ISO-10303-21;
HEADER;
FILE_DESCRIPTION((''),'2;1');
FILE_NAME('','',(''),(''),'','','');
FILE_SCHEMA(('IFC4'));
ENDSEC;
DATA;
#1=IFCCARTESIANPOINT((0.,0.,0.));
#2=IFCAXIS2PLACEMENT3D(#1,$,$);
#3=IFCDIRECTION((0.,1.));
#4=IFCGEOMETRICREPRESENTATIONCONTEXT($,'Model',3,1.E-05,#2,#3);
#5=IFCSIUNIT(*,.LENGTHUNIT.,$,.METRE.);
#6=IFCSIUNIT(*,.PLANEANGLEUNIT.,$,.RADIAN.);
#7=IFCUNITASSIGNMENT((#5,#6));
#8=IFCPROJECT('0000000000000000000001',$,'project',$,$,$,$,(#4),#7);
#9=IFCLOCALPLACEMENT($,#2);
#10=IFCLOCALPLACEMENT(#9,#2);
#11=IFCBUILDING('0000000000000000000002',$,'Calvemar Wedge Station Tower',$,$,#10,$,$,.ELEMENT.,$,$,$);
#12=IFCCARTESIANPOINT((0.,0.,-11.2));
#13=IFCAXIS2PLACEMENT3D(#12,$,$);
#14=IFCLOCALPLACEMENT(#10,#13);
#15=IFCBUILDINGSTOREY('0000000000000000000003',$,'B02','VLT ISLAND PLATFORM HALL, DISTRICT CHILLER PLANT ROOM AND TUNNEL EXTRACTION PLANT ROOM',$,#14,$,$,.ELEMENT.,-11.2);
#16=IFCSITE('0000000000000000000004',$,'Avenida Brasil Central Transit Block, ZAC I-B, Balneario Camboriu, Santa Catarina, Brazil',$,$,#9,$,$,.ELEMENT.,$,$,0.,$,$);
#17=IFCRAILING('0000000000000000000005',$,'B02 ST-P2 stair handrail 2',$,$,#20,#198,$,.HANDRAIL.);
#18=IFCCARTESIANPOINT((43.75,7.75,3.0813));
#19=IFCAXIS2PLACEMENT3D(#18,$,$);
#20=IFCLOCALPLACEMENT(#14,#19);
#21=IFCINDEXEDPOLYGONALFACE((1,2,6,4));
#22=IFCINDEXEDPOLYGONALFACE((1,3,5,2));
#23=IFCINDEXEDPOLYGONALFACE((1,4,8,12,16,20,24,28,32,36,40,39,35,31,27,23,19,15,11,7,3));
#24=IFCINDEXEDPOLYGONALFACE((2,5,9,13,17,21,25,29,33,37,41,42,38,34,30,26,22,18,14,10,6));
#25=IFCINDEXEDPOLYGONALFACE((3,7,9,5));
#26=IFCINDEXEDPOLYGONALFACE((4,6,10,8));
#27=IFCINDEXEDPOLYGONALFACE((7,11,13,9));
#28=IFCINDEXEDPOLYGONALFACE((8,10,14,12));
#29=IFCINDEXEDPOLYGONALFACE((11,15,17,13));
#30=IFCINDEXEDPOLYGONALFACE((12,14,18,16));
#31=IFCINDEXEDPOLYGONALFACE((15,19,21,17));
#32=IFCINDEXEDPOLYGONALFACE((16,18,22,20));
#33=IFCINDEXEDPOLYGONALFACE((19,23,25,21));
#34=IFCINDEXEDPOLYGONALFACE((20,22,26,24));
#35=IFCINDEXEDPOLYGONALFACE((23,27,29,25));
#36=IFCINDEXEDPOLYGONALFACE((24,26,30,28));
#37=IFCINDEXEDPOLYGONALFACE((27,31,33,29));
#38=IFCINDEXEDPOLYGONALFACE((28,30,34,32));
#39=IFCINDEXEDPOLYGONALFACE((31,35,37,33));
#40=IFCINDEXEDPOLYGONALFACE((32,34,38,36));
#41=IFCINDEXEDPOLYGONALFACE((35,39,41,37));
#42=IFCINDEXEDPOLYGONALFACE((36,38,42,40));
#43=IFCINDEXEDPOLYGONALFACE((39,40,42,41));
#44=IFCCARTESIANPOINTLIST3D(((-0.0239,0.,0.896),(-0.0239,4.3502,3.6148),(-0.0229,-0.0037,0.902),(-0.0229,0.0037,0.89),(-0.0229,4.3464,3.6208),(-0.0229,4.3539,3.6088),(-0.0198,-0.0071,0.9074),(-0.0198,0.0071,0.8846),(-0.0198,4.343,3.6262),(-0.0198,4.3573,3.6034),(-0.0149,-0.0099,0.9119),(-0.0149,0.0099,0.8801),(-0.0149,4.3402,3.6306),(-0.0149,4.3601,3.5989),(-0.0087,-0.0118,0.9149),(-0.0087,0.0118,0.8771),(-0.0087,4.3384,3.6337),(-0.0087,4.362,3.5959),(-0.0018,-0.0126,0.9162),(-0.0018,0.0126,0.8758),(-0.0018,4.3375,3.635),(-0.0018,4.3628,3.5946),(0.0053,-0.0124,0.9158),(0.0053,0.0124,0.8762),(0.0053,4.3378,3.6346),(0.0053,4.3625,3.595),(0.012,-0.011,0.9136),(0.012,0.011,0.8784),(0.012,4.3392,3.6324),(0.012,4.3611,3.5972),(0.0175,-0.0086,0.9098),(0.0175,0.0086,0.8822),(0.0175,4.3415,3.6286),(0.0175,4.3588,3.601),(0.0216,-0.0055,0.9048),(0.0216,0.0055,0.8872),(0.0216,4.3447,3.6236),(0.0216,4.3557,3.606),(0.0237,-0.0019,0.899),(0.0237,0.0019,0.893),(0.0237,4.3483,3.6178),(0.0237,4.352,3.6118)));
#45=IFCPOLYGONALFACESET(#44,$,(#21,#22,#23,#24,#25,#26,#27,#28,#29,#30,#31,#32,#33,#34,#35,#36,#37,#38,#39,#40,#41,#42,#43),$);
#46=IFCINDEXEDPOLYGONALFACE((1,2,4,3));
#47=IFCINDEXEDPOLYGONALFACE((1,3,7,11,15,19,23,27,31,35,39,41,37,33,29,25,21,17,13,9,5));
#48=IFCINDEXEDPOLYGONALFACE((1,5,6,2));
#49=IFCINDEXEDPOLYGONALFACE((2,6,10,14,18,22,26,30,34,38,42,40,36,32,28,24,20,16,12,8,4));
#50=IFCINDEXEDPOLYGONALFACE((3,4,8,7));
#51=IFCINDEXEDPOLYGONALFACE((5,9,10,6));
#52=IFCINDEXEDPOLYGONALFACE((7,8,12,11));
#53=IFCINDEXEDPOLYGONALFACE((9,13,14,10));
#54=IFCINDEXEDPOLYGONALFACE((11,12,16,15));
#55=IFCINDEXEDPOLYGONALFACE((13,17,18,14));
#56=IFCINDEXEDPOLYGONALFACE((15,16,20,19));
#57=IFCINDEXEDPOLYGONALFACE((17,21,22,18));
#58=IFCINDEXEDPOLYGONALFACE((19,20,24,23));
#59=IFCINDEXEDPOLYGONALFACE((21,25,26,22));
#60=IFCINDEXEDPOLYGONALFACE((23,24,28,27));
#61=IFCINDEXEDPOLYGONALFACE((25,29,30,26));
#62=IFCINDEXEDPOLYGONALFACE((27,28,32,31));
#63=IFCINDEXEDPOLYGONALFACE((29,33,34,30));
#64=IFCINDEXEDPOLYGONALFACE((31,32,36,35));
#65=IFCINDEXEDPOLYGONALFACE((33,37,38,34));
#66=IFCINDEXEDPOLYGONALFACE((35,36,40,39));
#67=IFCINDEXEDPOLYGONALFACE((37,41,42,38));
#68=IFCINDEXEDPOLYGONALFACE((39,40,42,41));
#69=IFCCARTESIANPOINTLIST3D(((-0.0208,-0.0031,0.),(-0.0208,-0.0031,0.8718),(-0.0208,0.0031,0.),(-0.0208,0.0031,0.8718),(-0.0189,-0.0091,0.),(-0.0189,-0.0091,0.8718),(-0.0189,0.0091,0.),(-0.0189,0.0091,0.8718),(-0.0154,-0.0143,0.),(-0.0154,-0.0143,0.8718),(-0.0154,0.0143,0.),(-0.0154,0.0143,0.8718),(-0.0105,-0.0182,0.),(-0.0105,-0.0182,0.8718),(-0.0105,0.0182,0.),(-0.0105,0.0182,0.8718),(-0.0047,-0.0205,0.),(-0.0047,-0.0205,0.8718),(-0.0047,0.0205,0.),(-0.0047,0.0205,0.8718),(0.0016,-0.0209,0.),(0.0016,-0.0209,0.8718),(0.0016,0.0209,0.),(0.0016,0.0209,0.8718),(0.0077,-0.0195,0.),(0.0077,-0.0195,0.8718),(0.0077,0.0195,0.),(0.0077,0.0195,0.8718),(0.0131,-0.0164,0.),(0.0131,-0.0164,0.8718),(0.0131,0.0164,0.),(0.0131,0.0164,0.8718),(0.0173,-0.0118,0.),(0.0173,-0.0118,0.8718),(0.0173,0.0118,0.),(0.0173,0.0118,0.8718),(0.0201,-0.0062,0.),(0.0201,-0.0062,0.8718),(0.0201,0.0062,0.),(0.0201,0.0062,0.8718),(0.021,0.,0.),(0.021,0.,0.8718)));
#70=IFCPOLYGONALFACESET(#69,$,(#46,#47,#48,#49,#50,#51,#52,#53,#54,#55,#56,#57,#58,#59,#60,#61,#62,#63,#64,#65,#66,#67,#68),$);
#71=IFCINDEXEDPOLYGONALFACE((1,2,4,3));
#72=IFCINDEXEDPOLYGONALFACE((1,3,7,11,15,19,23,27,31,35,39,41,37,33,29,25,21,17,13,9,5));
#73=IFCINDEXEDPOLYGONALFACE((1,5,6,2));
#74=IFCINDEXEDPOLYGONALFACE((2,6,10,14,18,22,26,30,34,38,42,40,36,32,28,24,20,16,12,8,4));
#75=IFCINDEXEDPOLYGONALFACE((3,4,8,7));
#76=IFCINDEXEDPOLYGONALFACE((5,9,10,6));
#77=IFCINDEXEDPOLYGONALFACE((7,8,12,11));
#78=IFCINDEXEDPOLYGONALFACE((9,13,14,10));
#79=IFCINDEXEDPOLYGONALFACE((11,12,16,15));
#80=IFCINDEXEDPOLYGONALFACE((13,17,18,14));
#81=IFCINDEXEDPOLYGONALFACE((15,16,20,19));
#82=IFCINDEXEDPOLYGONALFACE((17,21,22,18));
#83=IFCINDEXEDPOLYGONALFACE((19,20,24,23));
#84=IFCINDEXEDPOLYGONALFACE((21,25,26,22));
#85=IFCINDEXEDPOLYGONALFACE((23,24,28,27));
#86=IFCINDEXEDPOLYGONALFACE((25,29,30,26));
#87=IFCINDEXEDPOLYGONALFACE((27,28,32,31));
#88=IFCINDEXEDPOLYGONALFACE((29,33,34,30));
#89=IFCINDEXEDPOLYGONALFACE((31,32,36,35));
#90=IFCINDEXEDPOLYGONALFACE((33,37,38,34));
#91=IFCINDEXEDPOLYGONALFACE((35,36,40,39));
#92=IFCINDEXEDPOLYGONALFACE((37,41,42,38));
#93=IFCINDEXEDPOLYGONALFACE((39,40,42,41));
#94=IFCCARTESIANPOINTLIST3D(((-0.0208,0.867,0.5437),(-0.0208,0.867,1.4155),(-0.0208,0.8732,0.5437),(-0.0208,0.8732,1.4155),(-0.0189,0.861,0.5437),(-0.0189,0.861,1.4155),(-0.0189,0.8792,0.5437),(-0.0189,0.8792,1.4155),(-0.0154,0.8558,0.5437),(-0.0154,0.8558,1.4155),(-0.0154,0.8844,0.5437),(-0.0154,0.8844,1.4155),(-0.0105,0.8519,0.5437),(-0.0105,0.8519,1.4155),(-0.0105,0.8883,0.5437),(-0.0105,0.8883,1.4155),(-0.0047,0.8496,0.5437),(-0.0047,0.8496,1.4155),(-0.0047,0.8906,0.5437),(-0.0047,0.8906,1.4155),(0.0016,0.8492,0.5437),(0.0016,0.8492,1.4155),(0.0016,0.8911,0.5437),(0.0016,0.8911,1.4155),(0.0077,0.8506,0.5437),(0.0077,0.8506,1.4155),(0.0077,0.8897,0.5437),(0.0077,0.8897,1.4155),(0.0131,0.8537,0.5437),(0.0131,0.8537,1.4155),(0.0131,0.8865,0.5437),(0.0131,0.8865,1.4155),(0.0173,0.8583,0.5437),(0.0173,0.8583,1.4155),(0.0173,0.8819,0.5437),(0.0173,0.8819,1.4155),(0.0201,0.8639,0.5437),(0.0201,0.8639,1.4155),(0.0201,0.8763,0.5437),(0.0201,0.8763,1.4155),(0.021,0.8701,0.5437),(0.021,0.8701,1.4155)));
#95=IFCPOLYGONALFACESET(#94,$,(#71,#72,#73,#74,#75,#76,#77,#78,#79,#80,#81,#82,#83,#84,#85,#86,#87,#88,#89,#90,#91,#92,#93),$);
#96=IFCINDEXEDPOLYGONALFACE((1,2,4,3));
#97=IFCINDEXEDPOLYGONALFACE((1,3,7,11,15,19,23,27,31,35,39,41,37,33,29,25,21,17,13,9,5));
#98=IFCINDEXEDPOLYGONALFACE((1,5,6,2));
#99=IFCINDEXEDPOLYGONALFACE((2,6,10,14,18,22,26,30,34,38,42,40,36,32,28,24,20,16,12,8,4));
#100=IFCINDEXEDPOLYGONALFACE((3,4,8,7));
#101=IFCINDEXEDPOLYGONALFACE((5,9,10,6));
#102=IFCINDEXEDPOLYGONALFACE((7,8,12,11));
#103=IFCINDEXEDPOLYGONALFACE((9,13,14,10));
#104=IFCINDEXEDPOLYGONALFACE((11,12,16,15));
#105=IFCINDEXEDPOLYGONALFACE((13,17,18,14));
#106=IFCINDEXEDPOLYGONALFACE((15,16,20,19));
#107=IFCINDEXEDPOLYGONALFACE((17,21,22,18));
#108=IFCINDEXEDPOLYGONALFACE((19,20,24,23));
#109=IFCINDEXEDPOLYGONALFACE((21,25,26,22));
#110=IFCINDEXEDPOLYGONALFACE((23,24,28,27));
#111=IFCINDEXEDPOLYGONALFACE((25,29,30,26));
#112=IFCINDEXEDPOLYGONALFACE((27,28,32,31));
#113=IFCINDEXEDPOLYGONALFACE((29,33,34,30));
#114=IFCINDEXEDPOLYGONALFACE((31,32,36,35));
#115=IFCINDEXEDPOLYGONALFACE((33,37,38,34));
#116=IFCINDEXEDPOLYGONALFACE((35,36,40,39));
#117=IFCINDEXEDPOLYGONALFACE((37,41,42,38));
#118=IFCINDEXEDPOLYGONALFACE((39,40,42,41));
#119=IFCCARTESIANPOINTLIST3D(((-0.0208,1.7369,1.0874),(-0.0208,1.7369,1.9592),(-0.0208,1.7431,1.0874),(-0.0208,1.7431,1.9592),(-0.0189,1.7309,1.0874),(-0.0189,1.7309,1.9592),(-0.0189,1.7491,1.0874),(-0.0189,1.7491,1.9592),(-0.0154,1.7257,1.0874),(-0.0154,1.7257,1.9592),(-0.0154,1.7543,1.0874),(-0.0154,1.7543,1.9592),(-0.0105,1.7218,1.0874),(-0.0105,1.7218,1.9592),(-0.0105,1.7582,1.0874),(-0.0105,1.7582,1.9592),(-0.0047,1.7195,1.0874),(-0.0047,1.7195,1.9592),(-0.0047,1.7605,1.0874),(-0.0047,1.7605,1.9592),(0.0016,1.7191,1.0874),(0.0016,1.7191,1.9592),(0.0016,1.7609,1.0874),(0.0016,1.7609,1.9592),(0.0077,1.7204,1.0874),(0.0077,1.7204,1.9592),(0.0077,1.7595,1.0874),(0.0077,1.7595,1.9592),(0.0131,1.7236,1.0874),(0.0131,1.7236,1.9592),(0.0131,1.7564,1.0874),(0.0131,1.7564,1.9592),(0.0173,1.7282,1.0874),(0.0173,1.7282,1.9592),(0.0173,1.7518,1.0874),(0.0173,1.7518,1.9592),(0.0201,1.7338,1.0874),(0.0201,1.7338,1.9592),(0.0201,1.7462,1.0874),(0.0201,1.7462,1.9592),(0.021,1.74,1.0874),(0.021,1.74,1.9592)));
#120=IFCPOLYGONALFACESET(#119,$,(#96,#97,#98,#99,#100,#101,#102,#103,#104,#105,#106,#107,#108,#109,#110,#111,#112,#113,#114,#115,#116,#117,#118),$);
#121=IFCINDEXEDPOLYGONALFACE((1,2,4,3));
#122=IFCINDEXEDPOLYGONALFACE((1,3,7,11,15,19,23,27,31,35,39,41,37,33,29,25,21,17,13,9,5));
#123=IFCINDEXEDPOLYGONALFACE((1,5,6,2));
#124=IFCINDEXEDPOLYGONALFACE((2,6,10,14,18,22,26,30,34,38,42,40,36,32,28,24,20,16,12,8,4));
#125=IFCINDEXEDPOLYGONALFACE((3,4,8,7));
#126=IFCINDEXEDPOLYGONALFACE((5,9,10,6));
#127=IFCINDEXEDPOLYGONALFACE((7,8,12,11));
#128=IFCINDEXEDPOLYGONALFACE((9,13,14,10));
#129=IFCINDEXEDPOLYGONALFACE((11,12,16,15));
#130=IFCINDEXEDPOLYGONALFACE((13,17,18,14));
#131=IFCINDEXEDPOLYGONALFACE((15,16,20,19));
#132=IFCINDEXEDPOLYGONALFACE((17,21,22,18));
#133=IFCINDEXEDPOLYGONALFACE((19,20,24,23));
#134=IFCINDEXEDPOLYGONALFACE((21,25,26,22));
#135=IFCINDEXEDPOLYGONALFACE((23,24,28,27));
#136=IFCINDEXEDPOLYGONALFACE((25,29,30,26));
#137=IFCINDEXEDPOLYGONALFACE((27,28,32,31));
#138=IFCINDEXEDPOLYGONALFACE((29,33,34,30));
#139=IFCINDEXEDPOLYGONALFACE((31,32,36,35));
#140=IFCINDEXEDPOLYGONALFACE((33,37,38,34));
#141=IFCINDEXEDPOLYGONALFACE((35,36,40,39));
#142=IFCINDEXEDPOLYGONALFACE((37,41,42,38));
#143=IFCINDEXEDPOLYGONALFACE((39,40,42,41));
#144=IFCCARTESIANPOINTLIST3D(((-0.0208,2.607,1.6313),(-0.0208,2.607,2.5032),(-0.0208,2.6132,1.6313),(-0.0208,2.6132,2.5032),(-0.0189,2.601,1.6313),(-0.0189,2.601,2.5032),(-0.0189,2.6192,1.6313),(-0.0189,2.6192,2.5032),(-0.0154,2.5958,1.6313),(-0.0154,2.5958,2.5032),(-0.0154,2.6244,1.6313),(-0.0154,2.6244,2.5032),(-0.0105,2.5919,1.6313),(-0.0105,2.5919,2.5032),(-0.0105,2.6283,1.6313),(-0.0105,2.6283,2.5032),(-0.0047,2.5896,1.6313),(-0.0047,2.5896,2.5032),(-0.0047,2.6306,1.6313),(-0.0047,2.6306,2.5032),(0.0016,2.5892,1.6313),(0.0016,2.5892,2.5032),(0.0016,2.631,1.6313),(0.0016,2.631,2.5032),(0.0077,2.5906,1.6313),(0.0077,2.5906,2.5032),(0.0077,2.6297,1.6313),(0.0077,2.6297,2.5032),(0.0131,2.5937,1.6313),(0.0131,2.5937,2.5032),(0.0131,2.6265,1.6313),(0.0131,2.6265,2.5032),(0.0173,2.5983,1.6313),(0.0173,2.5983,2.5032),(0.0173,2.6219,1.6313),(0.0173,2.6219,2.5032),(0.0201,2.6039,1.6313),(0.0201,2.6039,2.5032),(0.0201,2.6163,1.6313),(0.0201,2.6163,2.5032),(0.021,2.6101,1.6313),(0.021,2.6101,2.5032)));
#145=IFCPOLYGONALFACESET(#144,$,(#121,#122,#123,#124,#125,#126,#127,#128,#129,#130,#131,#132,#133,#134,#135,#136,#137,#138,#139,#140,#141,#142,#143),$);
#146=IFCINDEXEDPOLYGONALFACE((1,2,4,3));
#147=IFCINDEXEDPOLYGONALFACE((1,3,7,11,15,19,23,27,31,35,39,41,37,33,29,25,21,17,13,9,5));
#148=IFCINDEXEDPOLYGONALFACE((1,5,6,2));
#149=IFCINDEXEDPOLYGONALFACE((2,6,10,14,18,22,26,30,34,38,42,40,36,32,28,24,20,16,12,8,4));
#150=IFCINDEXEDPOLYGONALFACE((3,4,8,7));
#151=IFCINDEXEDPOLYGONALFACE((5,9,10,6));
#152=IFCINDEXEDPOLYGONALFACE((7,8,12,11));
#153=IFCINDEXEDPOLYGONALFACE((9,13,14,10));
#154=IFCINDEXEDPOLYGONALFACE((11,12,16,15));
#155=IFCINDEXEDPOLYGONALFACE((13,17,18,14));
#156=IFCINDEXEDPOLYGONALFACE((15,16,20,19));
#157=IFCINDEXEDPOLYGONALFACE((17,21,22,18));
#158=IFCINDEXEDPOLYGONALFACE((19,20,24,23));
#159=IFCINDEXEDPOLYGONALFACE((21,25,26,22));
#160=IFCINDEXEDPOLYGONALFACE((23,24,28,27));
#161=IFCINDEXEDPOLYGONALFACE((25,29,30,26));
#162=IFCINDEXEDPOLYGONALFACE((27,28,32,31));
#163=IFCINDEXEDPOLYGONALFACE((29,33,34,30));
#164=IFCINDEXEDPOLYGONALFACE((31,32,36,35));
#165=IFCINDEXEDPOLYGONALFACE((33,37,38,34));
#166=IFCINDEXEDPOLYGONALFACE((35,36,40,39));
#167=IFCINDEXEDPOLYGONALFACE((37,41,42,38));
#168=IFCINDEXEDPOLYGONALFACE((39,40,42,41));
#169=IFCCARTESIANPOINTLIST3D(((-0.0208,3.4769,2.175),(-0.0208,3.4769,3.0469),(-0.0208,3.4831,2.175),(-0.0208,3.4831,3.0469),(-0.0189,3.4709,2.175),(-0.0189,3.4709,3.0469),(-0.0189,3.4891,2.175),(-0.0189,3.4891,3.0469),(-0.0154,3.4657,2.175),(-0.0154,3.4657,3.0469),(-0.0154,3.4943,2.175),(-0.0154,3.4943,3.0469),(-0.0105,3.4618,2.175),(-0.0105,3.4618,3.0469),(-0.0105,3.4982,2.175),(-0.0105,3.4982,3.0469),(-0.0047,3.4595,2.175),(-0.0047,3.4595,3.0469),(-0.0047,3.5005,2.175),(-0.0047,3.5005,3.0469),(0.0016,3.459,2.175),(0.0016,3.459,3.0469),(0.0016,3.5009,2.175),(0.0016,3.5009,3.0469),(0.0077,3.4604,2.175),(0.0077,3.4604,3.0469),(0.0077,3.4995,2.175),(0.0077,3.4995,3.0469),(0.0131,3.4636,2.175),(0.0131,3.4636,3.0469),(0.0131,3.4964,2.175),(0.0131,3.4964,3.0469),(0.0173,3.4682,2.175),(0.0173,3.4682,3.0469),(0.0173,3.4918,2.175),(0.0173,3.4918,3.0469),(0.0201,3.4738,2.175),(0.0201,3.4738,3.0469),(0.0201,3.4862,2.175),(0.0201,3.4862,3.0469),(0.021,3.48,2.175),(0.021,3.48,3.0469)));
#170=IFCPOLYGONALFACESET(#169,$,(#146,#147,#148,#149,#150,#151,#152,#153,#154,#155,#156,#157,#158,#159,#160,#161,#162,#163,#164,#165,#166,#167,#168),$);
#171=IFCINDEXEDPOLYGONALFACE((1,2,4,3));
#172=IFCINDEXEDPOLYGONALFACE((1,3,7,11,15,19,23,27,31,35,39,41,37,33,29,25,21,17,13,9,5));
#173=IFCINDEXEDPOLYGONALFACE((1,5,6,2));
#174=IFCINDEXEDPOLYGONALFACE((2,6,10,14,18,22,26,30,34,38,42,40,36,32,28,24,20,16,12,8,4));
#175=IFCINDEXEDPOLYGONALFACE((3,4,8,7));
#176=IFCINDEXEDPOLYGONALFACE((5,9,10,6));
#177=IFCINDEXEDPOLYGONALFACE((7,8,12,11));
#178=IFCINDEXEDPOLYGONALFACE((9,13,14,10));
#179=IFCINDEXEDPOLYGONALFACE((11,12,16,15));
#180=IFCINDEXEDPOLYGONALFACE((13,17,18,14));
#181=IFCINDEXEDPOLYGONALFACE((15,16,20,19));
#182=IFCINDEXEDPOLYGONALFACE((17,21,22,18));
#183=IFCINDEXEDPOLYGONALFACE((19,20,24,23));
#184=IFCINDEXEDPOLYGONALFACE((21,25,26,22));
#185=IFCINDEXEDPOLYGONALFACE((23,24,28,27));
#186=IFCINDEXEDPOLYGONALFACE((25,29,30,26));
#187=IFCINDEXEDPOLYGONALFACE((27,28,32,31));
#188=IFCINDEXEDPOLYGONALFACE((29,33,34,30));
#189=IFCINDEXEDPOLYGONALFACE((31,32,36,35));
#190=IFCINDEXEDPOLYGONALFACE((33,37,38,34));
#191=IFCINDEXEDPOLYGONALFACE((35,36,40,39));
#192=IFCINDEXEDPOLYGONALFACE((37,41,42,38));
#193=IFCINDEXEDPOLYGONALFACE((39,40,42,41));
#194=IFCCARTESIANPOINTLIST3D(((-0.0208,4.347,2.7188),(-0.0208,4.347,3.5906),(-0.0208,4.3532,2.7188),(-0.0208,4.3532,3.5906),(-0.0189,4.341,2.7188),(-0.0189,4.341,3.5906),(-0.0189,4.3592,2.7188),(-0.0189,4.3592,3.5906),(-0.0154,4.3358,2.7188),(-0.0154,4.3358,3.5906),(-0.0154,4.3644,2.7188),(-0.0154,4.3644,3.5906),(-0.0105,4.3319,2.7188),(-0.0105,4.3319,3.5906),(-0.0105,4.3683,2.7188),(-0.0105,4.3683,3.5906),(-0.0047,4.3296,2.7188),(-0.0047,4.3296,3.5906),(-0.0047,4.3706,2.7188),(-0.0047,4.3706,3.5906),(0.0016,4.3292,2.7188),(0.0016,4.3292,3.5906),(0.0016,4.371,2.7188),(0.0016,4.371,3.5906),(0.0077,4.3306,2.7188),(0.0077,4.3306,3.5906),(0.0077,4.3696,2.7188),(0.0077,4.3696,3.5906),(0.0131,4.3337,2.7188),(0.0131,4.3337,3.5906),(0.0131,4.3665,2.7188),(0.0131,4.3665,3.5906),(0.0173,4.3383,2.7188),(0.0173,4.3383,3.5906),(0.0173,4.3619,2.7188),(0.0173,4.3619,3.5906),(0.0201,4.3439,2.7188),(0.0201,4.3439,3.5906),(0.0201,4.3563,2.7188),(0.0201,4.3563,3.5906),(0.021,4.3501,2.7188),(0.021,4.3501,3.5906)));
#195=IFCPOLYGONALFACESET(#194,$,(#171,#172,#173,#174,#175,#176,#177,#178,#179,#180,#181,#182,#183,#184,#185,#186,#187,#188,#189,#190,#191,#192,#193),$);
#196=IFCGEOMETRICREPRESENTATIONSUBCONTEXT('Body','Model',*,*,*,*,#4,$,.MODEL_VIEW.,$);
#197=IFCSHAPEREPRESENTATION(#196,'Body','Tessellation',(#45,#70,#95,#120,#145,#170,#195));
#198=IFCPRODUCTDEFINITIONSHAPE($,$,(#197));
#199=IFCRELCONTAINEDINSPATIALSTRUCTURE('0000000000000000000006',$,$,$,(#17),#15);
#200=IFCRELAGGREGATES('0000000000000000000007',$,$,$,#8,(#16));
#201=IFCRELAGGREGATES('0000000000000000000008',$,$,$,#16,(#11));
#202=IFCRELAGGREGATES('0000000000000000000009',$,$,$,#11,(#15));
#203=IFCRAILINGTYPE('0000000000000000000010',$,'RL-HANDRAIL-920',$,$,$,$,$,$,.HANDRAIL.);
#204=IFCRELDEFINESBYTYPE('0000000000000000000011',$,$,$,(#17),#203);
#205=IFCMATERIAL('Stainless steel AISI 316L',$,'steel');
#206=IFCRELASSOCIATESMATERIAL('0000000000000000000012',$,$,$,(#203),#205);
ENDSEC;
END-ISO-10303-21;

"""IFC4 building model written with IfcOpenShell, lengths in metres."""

from ifc_helpers import new_model, si_unit, direction, frame, origin, origin_2d, place, context, subcontext, project, spatial, circle, extrude, material, type_object, element, save


model = new_model("IFC4")

# Units and contexts
model_context = context("Model", 3, precision=1e-05, world=origin(), true_north=direction((0.0, 1.0)))
body_context = subcontext(model_context, "Body", "Model", "MODEL_VIEW")
ifc_project = project(units=[si_unit("LENGTHUNIT", "METRE"), si_unit("PLANEANGLEUNIT", "RADIAN")], contexts=[model_context])

# Site, building, storey
site_placement = place(None, origin())
site = spatial("IfcSite", under=ifc_project, at=site_placement, Name="Avenida Brasil Central Transit Block, ZAC I-B, Balneario Camboriu, Santa Catarina, Brazil", CompositionType="ELEMENT", RefElevation=0.0)
building_placement = place(site_placement, origin())
building = spatial("IfcBuilding", under=site, at=building_placement, Name="Calvemar Wedge Station Tower", CompositionType="ELEMENT")
storey_placement = place(building_placement, frame((0.0, 0.0, -11.2)))
storey = spatial("IfcBuildingStorey", under=building, at=storey_placement, Name="B02", Description="VLT ISLAND PLATFORM HALL, DISTRICT CHILLER PLANT ROOM AND TUNNEL EXTRACTION PLANT ROOM", CompositionType="ELEMENT", Elevation=-11.2)

# Railing
ifc_material_1 = material(Name="Stainless steel AISI 316L", Category="steel")
railing_type_1 = type_object("IfcRailingType", Name="RL-HANDRAIL-920", PredefinedType="HANDRAIL", material=ifc_material_1)
railing_1_placement = place(storey_placement, frame((43.75, 7.75, 3.0813)))
element("IfcRailing", 1, at=railing_1_placement, inside=storey, type_object=railing_type_1, Name="B02 ST-P2 stair handrail 2", PredefinedType="HANDRAIL", context=body_context, shape_type="SweptSolid", body=[
    extrude(circle(Radius=0.0239, at=origin_2d()), frame((0.0, 0.0, 0.896), z_axis=(0.0, 0.848004, 0.52999), x_axis=(-1.0, 0.0, 0.0)), (0.0, 0.0, 1.0), 5.1299),
    extrude(circle(Radius=0.021, at=origin_2d()), origin(), (0.0, 0.0, 1.0), 0.8718),
    extrude(circle(Radius=0.021, at=origin_2d()), frame((0.0, 0.8701, 0.5437)), (0.0, 0.0, 1.0), 0.8718),
    extrude(circle(Radius=0.021, at=origin_2d()), frame((0.0, 1.74, 1.0874)), (0.0, 0.0, 1.0), 0.8718),
    extrude(circle(Radius=0.021, at=origin_2d()), frame((0.0, 2.6101, 1.6313)), (0.0, 0.0, 1.0), 0.8718),
    extrude(circle(Radius=0.021, at=origin_2d()), frame((0.0, 3.48, 2.175)), (0.0, 0.0, 1.0), 0.8718),
    extrude(circle(Radius=0.021, at=origin_2d()), frame((0.0, 4.3501, 2.7188)), (0.0, 0.0, 1.0), 0.8718),
])

save(model, "model.ifc")
